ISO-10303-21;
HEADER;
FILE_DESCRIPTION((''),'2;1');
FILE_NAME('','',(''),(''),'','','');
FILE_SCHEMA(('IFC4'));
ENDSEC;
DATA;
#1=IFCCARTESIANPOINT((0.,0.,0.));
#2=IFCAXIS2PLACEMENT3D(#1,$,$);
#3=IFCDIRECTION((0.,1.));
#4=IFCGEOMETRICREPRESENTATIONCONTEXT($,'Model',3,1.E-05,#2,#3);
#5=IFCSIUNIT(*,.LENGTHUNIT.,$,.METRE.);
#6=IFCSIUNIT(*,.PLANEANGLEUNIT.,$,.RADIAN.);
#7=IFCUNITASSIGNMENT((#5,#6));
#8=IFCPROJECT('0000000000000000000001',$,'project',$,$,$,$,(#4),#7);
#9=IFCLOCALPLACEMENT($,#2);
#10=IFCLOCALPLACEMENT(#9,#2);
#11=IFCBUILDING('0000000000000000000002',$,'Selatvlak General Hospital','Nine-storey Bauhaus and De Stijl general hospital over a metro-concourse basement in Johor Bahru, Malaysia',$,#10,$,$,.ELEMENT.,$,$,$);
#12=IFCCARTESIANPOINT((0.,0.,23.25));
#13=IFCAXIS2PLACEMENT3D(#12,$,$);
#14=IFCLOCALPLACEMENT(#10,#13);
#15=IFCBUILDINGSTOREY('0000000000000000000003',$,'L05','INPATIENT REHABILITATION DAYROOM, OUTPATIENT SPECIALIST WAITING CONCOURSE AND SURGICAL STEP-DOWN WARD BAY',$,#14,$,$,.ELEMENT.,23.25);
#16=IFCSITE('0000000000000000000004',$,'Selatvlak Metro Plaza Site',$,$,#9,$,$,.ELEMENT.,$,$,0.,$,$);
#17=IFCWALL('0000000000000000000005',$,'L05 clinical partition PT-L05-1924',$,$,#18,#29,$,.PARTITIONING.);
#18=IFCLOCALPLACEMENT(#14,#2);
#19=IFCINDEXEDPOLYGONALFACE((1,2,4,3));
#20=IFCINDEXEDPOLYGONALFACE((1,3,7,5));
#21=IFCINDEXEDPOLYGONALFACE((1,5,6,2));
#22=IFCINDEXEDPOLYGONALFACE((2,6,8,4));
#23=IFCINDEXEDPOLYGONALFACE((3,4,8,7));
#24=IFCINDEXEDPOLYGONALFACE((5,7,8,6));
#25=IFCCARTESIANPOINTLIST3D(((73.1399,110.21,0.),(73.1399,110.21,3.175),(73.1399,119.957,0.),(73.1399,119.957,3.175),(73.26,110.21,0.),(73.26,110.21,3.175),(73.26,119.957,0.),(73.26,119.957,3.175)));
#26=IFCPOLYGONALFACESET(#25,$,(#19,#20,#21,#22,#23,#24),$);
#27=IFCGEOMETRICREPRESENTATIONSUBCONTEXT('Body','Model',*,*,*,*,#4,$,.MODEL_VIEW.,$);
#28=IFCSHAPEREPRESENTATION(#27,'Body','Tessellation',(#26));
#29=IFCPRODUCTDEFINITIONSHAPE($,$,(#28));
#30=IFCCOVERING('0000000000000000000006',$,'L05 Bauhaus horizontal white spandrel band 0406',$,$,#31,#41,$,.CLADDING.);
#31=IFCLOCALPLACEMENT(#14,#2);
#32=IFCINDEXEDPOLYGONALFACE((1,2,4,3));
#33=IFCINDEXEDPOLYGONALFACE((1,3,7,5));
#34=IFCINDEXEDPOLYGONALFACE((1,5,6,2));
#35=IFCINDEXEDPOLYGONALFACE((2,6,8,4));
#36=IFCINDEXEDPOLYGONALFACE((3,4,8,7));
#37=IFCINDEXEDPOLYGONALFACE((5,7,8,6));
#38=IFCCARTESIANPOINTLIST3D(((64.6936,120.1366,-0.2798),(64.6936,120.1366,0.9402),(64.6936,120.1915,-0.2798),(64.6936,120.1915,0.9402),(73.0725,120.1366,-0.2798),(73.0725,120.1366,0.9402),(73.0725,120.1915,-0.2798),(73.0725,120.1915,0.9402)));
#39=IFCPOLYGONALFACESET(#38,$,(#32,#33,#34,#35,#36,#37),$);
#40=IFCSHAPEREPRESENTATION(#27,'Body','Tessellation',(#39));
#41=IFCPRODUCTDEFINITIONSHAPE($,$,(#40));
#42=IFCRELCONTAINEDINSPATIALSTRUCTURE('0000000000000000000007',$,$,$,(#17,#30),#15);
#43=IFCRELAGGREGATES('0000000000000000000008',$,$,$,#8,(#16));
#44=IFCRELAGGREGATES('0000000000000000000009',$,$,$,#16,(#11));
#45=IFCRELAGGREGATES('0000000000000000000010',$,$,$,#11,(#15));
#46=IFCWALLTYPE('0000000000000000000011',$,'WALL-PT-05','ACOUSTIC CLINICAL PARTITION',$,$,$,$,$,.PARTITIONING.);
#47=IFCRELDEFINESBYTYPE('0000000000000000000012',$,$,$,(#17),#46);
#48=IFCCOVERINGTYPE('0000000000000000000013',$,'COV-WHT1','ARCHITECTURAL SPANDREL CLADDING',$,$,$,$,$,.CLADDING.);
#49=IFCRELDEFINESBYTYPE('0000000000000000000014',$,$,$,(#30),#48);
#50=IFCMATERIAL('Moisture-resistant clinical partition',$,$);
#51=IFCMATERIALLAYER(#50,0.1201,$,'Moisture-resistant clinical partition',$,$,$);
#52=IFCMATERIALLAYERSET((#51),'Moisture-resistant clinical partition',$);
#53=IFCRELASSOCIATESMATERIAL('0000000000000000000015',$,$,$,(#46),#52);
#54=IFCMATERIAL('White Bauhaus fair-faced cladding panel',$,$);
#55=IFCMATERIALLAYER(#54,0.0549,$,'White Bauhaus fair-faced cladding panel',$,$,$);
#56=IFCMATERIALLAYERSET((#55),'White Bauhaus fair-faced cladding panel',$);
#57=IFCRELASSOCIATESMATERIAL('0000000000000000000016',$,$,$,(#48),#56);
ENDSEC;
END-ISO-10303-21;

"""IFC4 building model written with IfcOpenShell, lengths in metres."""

from ifc_helpers import new_model, si_unit, direction, frame, frame_2d, origin, origin_2d, place, context, subcontext, project, spatial, rectangle, extrude, material, layer, layer_set, type_object, element, save


model = new_model("IFC4")

# Units and contexts
model_context = context("Model", 3, precision=1e-05, world=origin(), true_north=direction((0.0, 1.0)))
body_context = subcontext(model_context, "Body", "Model", "MODEL_VIEW")
ifc_project = project(units=[si_unit("LENGTHUNIT", "METRE"), si_unit("PLANEANGLEUNIT", "RADIAN")], contexts=[model_context])

# Site, building, storey
site_placement = place(None, origin())
site = spatial("IfcSite", under=ifc_project, at=site_placement, Name="Selatvlak Metro Plaza Site", CompositionType="ELEMENT", RefElevation=0.0)
building_placement = place(site_placement, origin())
building = spatial("IfcBuilding", under=site, at=building_placement, Name="Selatvlak General Hospital", Description="Nine-storey Bauhaus and De Stijl general hospital over a metro-concourse basement in Johor Bahru, Malaysia", CompositionType="ELEMENT")
storey_placement = place(building_placement, frame((0.0, 0.0, 23.25)))
storey = spatial("IfcBuildingStorey", under=building, at=storey_placement, Name="L05", Description="INPATIENT REHABILITATION DAYROOM, OUTPATIENT SPECIALIST WAITING CONCOURSE AND SURGICAL STEP-DOWN WARD BAY", CompositionType="ELEMENT", Elevation=23.25)

# Wall
ifc_material_1 = material(Name="Moisture-resistant clinical partition")
ifc_layer_1 = layer(ifc_material_1, 0.1201, Name="Moisture-resistant clinical partition")
ifc_layer_set_1 = layer_set([ifc_layer_1], Name="Moisture-resistant clinical partition")
wall_type_1 = type_object("IfcWallType", Name="WALL-PT-05", Description="ACOUSTIC CLINICAL PARTITION", PredefinedType="PARTITIONING", material=ifc_layer_set_1)
wall_1_placement = place(storey_placement, frame((73.2, 119.957, 0.0), z_axis=(0.0, 0.0, 1.0), x_axis=(0.0, -1.0, 0.0)))
element("IfcWall", 1, at=wall_1_placement, inside=storey, type_object=wall_type_1, Name="L05 clinical partition PT-L05-1924", PredefinedType="PARTITIONING", context=body_context, shape_type="SweptSolid", body=[
    extrude(rectangle(XDim=9.7471, YDim=0.1201, at=frame_2d((4.8735, 0.0))), origin(), (0.0, 0.0, 1.0), 3.175),
])

# Covering
ifc_material_2 = material(Name="White Bauhaus fair-faced cladding panel")
ifc_layer_2 = layer(ifc_material_2, 0.0549, Name="White Bauhaus fair-faced cladding panel")
ifc_layer_set_2 = layer_set([ifc_layer_2], Name="White Bauhaus fair-faced cladding panel")
covering_type = type_object("IfcCoveringType", Name="COV-WHT1", Description="ARCHITECTURAL SPANDREL CLADDING", PredefinedType="CLADDING", material=ifc_layer_set_2)
covering_placement = place(storey_placement, frame((68.8831, 120.1641, -0.2798), z_axis=(0.0, 0.0, 1.0), x_axis=(1.0, 0.0, 0.0)))
element("IfcCovering", 2, at=covering_placement, inside=storey, type_object=covering_type, Name="L05 Bauhaus horizontal white spandrel band 0406", PredefinedType="CLADDING", context=body_context, shape_type="SweptSolid", body=[
    extrude(rectangle(XDim=8.3789, YDim=0.0549, at=origin_2d()), origin(), (0.0, 0.0, 1.0), 1.22),
])

save(model, "model.ifc")
